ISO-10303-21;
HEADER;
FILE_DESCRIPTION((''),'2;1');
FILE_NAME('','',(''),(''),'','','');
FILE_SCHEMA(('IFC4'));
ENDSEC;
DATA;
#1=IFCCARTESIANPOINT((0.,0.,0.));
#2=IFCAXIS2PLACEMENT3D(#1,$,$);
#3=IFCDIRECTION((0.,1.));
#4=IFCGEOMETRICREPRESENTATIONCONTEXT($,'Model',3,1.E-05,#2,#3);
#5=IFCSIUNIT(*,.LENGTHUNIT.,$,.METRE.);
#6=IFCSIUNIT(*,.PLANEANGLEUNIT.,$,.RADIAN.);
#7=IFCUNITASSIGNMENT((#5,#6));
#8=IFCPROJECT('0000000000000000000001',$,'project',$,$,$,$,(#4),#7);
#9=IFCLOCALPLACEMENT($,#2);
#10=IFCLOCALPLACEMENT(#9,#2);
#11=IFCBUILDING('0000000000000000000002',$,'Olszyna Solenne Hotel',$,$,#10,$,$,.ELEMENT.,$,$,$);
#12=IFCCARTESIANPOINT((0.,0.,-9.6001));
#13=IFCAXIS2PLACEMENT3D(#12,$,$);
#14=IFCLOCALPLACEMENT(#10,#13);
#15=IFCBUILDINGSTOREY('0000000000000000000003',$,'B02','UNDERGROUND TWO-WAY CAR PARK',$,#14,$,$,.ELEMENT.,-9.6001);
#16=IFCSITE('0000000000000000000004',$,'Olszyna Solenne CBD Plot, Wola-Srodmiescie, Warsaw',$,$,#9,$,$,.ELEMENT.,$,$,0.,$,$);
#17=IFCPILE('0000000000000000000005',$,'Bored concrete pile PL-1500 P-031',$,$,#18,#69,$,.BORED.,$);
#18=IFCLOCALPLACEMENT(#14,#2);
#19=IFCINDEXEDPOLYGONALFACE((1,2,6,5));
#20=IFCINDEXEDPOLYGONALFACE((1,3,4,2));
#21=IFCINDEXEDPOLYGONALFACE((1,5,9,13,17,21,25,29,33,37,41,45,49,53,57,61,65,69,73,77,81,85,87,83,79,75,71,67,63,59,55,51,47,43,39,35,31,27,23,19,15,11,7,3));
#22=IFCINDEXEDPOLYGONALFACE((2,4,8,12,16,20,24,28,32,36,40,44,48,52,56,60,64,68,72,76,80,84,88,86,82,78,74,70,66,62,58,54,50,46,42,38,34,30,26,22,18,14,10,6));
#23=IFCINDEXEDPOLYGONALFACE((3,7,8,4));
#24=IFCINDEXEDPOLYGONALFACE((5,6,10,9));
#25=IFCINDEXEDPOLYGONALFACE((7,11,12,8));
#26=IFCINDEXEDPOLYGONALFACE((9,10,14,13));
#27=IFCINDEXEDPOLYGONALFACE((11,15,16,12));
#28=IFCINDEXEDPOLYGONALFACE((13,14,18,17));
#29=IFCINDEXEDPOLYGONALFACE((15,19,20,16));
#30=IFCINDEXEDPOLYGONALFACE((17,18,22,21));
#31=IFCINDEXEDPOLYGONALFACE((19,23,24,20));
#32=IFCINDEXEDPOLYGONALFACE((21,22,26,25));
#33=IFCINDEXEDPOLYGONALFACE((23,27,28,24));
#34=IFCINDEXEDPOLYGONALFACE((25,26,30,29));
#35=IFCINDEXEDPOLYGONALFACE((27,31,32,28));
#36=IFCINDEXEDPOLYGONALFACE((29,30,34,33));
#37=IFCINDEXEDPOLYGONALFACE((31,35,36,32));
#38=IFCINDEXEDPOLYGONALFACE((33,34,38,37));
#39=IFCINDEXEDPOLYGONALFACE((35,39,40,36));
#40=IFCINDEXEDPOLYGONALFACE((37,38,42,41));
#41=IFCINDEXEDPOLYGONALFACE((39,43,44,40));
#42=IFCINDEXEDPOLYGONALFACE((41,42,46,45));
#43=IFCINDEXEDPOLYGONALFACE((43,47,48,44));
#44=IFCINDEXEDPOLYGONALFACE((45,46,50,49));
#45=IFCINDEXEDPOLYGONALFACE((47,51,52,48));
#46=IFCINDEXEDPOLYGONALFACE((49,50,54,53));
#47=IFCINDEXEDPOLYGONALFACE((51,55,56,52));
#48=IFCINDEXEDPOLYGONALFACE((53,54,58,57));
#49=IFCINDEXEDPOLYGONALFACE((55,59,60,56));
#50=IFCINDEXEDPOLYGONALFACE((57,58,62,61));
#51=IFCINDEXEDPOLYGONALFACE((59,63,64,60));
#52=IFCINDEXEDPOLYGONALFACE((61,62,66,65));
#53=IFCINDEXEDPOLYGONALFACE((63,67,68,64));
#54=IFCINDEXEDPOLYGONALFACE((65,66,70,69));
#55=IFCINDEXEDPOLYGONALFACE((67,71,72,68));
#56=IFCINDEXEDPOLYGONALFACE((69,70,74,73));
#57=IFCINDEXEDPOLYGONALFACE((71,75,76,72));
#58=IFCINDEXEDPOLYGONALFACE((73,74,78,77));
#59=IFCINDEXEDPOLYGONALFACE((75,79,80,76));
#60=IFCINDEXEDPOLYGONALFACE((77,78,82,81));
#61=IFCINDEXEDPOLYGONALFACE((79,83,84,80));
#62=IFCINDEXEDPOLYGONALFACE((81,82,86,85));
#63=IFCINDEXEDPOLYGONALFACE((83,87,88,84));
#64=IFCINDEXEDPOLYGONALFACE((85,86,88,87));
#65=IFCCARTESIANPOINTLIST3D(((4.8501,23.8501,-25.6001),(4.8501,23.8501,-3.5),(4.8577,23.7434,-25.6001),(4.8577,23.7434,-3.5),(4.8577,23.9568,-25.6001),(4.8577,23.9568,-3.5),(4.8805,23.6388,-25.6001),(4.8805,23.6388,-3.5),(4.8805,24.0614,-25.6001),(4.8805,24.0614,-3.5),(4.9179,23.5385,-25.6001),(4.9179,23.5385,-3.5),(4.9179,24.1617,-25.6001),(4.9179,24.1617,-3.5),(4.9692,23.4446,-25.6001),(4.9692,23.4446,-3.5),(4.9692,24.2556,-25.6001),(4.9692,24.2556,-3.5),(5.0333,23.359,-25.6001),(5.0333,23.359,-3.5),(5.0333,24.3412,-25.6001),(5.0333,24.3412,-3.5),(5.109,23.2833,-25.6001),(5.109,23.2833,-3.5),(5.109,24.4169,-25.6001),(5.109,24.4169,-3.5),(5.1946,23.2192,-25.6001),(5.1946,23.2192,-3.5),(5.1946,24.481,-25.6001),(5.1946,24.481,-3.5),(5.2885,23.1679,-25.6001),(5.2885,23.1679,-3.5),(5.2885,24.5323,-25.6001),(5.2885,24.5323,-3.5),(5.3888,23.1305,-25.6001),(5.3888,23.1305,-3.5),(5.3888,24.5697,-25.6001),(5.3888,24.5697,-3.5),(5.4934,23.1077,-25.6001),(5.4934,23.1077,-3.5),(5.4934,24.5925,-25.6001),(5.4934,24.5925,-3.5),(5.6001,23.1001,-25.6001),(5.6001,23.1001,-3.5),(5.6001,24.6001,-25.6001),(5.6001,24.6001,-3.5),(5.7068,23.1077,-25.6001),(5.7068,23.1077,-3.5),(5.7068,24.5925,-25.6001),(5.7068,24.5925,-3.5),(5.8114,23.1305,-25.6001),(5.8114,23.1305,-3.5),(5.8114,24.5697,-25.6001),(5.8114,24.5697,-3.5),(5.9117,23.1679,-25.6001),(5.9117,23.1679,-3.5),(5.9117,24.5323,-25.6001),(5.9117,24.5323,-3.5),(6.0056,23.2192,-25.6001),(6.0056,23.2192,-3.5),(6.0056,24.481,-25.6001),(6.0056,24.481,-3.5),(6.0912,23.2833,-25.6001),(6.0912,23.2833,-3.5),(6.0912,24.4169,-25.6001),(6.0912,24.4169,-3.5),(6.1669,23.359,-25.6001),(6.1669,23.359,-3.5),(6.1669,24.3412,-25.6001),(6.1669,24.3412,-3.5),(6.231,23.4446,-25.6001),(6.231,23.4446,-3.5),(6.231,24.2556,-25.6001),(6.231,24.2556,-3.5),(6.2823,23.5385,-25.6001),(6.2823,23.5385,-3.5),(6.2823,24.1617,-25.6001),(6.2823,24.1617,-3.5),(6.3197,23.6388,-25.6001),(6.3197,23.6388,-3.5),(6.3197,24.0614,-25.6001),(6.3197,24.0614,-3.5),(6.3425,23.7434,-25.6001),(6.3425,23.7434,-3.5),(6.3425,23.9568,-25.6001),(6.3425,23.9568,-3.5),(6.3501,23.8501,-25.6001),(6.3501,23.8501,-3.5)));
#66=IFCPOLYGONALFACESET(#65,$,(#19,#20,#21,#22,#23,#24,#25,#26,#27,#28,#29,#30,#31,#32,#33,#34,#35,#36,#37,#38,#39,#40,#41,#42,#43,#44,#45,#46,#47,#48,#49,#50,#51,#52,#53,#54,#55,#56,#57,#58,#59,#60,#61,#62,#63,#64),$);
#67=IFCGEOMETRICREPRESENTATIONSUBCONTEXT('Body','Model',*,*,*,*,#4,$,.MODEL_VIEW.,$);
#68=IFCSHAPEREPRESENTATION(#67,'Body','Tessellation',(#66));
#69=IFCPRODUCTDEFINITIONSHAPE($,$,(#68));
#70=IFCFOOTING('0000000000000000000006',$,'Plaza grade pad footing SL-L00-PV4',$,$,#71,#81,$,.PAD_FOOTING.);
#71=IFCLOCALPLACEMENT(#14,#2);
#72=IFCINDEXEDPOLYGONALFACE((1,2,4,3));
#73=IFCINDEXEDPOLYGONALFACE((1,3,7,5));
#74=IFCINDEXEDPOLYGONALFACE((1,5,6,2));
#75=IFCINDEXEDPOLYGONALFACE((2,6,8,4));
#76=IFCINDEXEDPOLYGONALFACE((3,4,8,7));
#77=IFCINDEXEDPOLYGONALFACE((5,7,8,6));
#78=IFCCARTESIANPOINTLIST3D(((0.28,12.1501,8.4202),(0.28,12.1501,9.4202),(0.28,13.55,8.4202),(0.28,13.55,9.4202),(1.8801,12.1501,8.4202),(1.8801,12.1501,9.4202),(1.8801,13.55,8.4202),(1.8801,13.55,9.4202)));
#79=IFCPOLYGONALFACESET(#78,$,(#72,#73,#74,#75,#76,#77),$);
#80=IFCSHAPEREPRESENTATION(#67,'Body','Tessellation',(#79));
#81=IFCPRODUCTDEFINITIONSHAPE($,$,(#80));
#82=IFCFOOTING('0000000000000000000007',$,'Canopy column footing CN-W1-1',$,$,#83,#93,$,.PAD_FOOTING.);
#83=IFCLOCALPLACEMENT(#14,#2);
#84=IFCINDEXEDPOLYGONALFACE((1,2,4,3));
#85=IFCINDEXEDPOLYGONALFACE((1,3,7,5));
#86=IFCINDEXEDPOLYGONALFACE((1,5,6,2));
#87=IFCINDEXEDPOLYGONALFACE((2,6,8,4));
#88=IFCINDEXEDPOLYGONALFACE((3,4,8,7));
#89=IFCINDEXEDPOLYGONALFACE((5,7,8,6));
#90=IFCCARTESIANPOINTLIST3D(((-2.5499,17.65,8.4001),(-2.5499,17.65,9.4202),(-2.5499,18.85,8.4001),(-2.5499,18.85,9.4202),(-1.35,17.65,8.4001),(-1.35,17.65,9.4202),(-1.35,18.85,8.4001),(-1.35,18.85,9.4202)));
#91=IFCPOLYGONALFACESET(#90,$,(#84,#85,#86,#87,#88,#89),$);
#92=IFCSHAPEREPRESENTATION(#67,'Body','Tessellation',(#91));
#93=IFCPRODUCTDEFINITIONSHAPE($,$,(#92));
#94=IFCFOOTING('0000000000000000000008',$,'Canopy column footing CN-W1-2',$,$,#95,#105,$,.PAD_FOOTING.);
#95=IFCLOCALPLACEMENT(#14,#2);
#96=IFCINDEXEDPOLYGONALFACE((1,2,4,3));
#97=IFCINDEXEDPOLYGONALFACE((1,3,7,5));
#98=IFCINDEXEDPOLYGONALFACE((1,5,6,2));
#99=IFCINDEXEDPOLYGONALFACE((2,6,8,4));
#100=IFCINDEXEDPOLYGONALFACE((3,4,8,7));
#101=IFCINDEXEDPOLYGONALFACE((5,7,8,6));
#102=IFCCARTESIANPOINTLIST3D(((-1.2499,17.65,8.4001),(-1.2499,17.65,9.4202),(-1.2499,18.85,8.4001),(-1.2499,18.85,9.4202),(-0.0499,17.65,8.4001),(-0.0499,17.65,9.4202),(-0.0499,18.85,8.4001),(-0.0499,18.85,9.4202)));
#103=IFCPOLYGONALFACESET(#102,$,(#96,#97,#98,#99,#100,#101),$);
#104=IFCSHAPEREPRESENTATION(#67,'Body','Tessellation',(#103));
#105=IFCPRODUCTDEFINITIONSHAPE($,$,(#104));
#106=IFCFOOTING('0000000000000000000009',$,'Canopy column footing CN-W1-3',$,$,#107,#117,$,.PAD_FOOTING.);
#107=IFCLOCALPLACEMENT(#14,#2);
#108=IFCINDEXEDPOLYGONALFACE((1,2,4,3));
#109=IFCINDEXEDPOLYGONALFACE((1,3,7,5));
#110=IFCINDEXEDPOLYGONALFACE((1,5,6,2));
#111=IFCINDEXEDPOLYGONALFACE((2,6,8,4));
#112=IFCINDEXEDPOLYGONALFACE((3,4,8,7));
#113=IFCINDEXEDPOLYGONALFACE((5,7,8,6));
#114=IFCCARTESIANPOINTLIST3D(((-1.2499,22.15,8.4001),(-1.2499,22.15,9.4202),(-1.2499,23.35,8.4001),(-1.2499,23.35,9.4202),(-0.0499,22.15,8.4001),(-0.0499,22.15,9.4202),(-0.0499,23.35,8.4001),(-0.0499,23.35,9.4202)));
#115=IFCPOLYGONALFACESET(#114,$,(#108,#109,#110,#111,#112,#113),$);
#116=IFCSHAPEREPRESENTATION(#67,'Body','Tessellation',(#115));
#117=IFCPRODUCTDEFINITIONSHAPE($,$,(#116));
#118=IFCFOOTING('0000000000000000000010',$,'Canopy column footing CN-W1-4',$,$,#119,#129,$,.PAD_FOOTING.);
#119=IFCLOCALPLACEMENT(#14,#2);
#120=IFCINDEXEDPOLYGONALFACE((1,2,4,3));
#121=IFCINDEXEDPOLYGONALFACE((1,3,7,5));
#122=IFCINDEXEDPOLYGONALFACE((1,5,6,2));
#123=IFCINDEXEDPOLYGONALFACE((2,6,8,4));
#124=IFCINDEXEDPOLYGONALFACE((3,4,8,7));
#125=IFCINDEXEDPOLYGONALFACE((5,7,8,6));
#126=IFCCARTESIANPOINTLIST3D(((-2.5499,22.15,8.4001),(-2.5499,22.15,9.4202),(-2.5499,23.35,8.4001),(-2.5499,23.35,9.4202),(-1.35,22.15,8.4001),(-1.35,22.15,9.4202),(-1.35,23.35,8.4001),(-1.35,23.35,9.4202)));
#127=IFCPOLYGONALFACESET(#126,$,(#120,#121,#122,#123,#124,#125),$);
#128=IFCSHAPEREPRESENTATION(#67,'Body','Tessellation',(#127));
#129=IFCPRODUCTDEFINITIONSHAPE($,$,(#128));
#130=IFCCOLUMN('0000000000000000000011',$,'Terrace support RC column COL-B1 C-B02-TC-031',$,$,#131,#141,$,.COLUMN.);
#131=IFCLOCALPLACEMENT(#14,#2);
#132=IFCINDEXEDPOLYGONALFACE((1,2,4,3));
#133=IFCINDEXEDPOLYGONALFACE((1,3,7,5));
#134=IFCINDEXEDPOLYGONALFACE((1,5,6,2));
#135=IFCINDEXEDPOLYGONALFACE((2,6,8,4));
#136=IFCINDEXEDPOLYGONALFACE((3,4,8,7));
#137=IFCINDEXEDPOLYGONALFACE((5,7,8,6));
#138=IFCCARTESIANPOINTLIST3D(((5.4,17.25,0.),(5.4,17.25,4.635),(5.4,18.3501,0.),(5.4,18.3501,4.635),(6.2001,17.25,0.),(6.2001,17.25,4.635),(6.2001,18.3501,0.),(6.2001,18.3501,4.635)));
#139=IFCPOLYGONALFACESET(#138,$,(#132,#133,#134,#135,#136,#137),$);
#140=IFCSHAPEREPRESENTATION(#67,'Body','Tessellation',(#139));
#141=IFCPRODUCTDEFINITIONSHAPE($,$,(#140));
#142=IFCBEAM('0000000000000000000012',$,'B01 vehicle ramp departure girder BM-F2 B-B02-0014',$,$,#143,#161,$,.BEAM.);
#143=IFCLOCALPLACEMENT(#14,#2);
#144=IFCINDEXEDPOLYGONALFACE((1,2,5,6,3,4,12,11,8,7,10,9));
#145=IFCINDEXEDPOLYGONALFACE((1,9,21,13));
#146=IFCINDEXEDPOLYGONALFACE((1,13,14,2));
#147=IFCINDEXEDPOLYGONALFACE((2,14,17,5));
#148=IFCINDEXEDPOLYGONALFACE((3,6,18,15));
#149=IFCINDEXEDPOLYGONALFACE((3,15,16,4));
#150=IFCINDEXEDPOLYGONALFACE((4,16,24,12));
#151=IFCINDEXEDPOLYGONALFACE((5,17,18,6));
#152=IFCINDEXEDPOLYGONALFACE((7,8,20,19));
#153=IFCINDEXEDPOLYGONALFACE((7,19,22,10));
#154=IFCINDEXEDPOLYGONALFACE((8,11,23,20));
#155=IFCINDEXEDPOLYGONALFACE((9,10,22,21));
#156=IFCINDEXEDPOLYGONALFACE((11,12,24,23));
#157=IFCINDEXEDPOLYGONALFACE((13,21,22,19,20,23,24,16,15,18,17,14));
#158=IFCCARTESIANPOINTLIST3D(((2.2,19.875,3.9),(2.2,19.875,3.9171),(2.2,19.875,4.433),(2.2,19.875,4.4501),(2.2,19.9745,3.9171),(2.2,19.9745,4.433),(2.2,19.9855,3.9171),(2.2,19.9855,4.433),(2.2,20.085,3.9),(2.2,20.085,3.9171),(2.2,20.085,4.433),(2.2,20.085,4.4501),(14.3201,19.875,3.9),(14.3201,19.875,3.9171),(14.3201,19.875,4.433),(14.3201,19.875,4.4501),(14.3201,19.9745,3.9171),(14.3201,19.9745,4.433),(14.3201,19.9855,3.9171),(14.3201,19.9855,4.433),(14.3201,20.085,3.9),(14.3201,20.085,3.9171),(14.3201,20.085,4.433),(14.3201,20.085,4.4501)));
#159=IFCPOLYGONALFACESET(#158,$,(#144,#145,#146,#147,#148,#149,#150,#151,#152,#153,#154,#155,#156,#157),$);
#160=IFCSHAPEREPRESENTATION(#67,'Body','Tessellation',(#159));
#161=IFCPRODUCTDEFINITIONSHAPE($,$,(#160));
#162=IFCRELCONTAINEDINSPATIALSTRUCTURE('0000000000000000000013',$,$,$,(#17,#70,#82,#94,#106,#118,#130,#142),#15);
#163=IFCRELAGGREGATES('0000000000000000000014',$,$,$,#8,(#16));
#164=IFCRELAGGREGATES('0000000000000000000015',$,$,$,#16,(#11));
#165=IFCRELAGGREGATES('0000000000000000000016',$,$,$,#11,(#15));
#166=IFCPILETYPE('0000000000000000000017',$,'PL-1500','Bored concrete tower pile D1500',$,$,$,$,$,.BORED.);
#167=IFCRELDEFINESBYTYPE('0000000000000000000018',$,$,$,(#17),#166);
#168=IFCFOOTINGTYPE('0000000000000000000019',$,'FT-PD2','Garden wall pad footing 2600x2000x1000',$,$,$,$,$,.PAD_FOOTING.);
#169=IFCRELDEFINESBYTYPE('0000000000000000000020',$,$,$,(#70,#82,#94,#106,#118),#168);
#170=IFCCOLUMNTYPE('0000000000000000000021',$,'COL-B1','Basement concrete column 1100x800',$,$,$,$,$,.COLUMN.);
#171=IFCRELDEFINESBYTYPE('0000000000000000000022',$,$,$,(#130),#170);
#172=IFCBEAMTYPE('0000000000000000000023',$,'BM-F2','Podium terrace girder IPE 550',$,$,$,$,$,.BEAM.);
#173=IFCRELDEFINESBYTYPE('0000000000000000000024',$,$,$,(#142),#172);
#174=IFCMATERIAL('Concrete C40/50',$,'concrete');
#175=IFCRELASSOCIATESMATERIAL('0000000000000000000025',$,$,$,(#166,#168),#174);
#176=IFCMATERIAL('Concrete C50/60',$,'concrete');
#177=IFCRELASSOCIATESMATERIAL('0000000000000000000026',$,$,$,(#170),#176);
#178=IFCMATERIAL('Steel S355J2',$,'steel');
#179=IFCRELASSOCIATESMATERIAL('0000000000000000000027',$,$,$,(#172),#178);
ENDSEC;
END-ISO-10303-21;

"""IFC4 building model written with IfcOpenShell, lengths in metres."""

from ifc_helpers import new_model, si_unit, direction, frame, origin, origin_2d, place, context, subcontext, project, spatial, rectangle, circle, i_section, extrude, source, transform, mapped, material, material_profile, profile_set, type_object, element, save


model = new_model("IFC4")

# Units and contexts
model_context = context("Model", 3, precision=1e-05, world=origin(), true_north=direction((0.0, 1.0)))
body_context = subcontext(model_context, "Body", "Model", "MODEL_VIEW")
ifc_project = project(units=[si_unit("LENGTHUNIT", "METRE"), si_unit("PLANEANGLEUNIT", "RADIAN")], contexts=[model_context])

# Site, building, storey
site_placement = place(None, origin())
site = spatial("IfcSite", under=ifc_project, at=site_placement, Name="Olszyna Solenne CBD Plot, Wola-Srodmiescie, Warsaw", CompositionType="ELEMENT", RefElevation=0.0)
building_placement = place(site_placement, origin())
building = spatial("IfcBuilding", under=site, at=building_placement, Name="Olszyna Solenne Hotel", CompositionType="ELEMENT")
storey_placement = place(building_placement, frame((0.0, 0.0, -9.6001)))
storey = spatial("IfcBuildingStorey", under=building, at=storey_placement, Name="B02", Description="UNDERGROUND TWO-WAY CAR PARK", CompositionType="ELEMENT", Elevation=-9.6001)

# Pile
ifc_material_1 = material(Name="Concrete C40/50", Category="concrete")
ifc_material_profile_1 = material_profile(ifc_material_1, circle(Radius=0.75, at=origin_2d()), Name="BORED PILE 1500", Category="load-bearing")
ifc_profile_set_1 = profile_set([ifc_material_profile_1], Name="Concrete C40/50")
pile_type_1 = type_object("IfcPileType", Name="PL-1500", Description="Bored concrete tower pile D1500", PredefinedType="BORED", material=ifc_profile_set_1)
shared_shape_1 = source(origin(), body_context, "Body", "SweptSolid", [
    extrude(circle(Radius=0.75, at=origin_2d()), origin(), (0.0, 0.0, 1.0), 22.1001),
])
for number, where, z_axis, x_axis, name in (
    (1, (5.6001, 23.8501, -3.5), (0.0, 0.0, -1.0), (1.0, 0.0, 0.0), "Bored concrete pile PL-1500 P-031"),
):
    element("IfcPile", number, at=place(storey_placement, frame(where, z_axis=z_axis, x_axis=x_axis)), inside=storey, type_object=pile_type_1, Name=name, PredefinedType="BORED", context=body_context, shape_type="MappedRepresentation", body=[
        mapped(shared_shape_1, transform((0.0, 0.0, 0.0), x_axis=(1.0, 0.0, 0.0), y_axis=(0.0, 1.0, 0.0), z_axis=(0.0, 0.0, 1.0), scale=1.0)),
    ])

# Footings
footing_type = type_object("IfcFootingType", Name="FT-PD2", Description="Garden wall pad footing 2600x2000x1000", PredefinedType="PAD_FOOTING", material=ifc_material_1)
shared_shape_2 = source(origin(), body_context, "Body", "SweptSolid", [
    extrude(rectangle(XDim=1.6001, YDim=1.3999, at=origin_2d()), origin(), (0.0, 0.0, 1.0), 1.0),
])
footing_placement = place(storey_placement, frame((1.0801, 12.8501, 8.4202), z_axis=(0.0, 0.0, 1.0), x_axis=(1.0, 0.0, 0.0)))
element("IfcFooting", 2, at=footing_placement, inside=storey, type_object=footing_type, Name="Plaza grade pad footing SL-L00-PV4", PredefinedType="PAD_FOOTING", context=body_context, shape_type="MappedRepresentation", body=[
    mapped(shared_shape_2, transform((0.0, 0.0, 0.0), x_axis=(1.0, 0.0, 0.0), y_axis=(0.0, 1.0, 0.0), z_axis=(0.0, 0.0, 1.0), scale=1.0)),
])
shared_shape_3 = source(origin(), body_context, "Body", "SweptSolid", [
    extrude(rectangle(XDim=1.2, YDim=1.2, at=origin_2d()), origin(), (0.0, 0.0, 1.0), 1.02),
])
for number, where, z_axis, x_axis, name in (
    (3, (-1.95, 18.25, 8.4001), (0.0, 0.0, 1.0), (1.0, 0.0, 0.0), "Canopy column footing CN-W1-1"),
    (4, (-0.6499, 18.25, 8.4001), (0.0, 0.0, 1.0), (1.0, 0.0, 0.0), "Canopy column footing CN-W1-2"),
    (5, (-0.6499, 22.75, 8.4001), (0.0, 0.0, 1.0), (1.0, 0.0, 0.0), "Canopy column footing CN-W1-3"),
    (6, (-1.95, 22.75, 8.4001), (0.0, 0.0, 1.0), (1.0, 0.0, 0.0), "Canopy column footing CN-W1-4"),
):
    element("IfcFooting", number, at=place(storey_placement, frame(where, z_axis=z_axis, x_axis=x_axis)), inside=storey, type_object=footing_type, Name=name, PredefinedType="PAD_FOOTING", context=body_context, shape_type="MappedRepresentation", body=[
        mapped(shared_shape_3, transform((0.0, 0.0, 0.0), x_axis=(1.0, 0.0, 0.0), y_axis=(0.0, 1.0, 0.0), z_axis=(0.0, 0.0, 1.0), scale=1.0)),
    ])

# Column
ifc_material_2 = material(Name="Concrete C50/60", Category="concrete")
ifc_material_profile_2 = material_profile(ifc_material_2, rectangle(XDim=0.8, YDim=1.1001, at=origin_2d()), Name="RC 1100x800", Category="load-bearing")
ifc_profile_set_2 = profile_set([ifc_material_profile_2], Name="Concrete C50/60")
column_type = type_object("IfcColumnType", Name="COL-B1", Description="Basement concrete column 1100x800", PredefinedType="COLUMN", material=ifc_profile_set_2)
shared_shape_4 = source(origin(), body_context, "Body", "SweptSolid", [
    extrude(rectangle(XDim=0.8, YDim=1.1001, at=origin_2d()), origin(), (0.0, 0.0, 1.0), 4.635),
])
column_placement = place(storey_placement, frame((5.8, 17.8, 0.0), z_axis=(0.0, 0.0, 1.0), x_axis=(1.0, 0.0, 0.0)))
element("IfcColumn", 7, at=column_placement, inside=storey, type_object=column_type, Name="Terrace support RC column COL-B1 C-B02-TC-031", PredefinedType="COLUMN", context=body_context, shape_type="MappedRepresentation", body=[
    mapped(shared_shape_4, transform((0.0, 0.0, 0.0), x_axis=(1.0, 0.0, 0.0), y_axis=(0.0, 1.0, 0.0), z_axis=(0.0, 0.0, 1.0), scale=1.0)),
])

# Beam
ifc_material_3 = material(Name="Steel S355J2", Category="steel")
ifc_material_profile_3 = material_profile(ifc_material_3, i_section(OverallWidth=0.21, OverallDepth=0.55, WebThickness=0.011, FlangeThickness=0.0171, at=origin_2d()), Name="IPE 550", Category="load-bearing")
ifc_profile_set_3 = profile_set([ifc_material_profile_3], Name="Steel S355J2")
beam_type = type_object("IfcBeamType", Name="BM-F2", Description="Podium terrace girder IPE 550", PredefinedType="BEAM", material=ifc_profile_set_3)
shared_shape_5 = source(origin(), body_context, "Body", "SweptSolid", [
    extrude(i_section(OverallWidth=0.21, OverallDepth=0.55, WebThickness=0.011, FlangeThickness=0.0171, at=origin_2d()), origin(), (0.0, 0.0, 1.0), 12.1201),
])
beam_placement = place(storey_placement, frame((2.2, 19.98, 4.175), z_axis=(1.0, 0.0, 0.0), x_axis=(0.0, 1.0, 0.0)))
element("IfcBeam", 8, at=beam_placement, inside=storey, type_object=beam_type, Name="B01 vehicle ramp departure girder BM-F2 B-B02-0014", PredefinedType="BEAM", context=body_context, shape_type="MappedRepresentation", body=[
    mapped(shared_shape_5, transform((0.0, 0.0, 0.0), x_axis=(1.0, 0.0, 0.0), y_axis=(0.0, 1.0, 0.0), z_axis=(0.0, 0.0, 1.0), scale=1.0)),
])

save(model, "model.ifc")
